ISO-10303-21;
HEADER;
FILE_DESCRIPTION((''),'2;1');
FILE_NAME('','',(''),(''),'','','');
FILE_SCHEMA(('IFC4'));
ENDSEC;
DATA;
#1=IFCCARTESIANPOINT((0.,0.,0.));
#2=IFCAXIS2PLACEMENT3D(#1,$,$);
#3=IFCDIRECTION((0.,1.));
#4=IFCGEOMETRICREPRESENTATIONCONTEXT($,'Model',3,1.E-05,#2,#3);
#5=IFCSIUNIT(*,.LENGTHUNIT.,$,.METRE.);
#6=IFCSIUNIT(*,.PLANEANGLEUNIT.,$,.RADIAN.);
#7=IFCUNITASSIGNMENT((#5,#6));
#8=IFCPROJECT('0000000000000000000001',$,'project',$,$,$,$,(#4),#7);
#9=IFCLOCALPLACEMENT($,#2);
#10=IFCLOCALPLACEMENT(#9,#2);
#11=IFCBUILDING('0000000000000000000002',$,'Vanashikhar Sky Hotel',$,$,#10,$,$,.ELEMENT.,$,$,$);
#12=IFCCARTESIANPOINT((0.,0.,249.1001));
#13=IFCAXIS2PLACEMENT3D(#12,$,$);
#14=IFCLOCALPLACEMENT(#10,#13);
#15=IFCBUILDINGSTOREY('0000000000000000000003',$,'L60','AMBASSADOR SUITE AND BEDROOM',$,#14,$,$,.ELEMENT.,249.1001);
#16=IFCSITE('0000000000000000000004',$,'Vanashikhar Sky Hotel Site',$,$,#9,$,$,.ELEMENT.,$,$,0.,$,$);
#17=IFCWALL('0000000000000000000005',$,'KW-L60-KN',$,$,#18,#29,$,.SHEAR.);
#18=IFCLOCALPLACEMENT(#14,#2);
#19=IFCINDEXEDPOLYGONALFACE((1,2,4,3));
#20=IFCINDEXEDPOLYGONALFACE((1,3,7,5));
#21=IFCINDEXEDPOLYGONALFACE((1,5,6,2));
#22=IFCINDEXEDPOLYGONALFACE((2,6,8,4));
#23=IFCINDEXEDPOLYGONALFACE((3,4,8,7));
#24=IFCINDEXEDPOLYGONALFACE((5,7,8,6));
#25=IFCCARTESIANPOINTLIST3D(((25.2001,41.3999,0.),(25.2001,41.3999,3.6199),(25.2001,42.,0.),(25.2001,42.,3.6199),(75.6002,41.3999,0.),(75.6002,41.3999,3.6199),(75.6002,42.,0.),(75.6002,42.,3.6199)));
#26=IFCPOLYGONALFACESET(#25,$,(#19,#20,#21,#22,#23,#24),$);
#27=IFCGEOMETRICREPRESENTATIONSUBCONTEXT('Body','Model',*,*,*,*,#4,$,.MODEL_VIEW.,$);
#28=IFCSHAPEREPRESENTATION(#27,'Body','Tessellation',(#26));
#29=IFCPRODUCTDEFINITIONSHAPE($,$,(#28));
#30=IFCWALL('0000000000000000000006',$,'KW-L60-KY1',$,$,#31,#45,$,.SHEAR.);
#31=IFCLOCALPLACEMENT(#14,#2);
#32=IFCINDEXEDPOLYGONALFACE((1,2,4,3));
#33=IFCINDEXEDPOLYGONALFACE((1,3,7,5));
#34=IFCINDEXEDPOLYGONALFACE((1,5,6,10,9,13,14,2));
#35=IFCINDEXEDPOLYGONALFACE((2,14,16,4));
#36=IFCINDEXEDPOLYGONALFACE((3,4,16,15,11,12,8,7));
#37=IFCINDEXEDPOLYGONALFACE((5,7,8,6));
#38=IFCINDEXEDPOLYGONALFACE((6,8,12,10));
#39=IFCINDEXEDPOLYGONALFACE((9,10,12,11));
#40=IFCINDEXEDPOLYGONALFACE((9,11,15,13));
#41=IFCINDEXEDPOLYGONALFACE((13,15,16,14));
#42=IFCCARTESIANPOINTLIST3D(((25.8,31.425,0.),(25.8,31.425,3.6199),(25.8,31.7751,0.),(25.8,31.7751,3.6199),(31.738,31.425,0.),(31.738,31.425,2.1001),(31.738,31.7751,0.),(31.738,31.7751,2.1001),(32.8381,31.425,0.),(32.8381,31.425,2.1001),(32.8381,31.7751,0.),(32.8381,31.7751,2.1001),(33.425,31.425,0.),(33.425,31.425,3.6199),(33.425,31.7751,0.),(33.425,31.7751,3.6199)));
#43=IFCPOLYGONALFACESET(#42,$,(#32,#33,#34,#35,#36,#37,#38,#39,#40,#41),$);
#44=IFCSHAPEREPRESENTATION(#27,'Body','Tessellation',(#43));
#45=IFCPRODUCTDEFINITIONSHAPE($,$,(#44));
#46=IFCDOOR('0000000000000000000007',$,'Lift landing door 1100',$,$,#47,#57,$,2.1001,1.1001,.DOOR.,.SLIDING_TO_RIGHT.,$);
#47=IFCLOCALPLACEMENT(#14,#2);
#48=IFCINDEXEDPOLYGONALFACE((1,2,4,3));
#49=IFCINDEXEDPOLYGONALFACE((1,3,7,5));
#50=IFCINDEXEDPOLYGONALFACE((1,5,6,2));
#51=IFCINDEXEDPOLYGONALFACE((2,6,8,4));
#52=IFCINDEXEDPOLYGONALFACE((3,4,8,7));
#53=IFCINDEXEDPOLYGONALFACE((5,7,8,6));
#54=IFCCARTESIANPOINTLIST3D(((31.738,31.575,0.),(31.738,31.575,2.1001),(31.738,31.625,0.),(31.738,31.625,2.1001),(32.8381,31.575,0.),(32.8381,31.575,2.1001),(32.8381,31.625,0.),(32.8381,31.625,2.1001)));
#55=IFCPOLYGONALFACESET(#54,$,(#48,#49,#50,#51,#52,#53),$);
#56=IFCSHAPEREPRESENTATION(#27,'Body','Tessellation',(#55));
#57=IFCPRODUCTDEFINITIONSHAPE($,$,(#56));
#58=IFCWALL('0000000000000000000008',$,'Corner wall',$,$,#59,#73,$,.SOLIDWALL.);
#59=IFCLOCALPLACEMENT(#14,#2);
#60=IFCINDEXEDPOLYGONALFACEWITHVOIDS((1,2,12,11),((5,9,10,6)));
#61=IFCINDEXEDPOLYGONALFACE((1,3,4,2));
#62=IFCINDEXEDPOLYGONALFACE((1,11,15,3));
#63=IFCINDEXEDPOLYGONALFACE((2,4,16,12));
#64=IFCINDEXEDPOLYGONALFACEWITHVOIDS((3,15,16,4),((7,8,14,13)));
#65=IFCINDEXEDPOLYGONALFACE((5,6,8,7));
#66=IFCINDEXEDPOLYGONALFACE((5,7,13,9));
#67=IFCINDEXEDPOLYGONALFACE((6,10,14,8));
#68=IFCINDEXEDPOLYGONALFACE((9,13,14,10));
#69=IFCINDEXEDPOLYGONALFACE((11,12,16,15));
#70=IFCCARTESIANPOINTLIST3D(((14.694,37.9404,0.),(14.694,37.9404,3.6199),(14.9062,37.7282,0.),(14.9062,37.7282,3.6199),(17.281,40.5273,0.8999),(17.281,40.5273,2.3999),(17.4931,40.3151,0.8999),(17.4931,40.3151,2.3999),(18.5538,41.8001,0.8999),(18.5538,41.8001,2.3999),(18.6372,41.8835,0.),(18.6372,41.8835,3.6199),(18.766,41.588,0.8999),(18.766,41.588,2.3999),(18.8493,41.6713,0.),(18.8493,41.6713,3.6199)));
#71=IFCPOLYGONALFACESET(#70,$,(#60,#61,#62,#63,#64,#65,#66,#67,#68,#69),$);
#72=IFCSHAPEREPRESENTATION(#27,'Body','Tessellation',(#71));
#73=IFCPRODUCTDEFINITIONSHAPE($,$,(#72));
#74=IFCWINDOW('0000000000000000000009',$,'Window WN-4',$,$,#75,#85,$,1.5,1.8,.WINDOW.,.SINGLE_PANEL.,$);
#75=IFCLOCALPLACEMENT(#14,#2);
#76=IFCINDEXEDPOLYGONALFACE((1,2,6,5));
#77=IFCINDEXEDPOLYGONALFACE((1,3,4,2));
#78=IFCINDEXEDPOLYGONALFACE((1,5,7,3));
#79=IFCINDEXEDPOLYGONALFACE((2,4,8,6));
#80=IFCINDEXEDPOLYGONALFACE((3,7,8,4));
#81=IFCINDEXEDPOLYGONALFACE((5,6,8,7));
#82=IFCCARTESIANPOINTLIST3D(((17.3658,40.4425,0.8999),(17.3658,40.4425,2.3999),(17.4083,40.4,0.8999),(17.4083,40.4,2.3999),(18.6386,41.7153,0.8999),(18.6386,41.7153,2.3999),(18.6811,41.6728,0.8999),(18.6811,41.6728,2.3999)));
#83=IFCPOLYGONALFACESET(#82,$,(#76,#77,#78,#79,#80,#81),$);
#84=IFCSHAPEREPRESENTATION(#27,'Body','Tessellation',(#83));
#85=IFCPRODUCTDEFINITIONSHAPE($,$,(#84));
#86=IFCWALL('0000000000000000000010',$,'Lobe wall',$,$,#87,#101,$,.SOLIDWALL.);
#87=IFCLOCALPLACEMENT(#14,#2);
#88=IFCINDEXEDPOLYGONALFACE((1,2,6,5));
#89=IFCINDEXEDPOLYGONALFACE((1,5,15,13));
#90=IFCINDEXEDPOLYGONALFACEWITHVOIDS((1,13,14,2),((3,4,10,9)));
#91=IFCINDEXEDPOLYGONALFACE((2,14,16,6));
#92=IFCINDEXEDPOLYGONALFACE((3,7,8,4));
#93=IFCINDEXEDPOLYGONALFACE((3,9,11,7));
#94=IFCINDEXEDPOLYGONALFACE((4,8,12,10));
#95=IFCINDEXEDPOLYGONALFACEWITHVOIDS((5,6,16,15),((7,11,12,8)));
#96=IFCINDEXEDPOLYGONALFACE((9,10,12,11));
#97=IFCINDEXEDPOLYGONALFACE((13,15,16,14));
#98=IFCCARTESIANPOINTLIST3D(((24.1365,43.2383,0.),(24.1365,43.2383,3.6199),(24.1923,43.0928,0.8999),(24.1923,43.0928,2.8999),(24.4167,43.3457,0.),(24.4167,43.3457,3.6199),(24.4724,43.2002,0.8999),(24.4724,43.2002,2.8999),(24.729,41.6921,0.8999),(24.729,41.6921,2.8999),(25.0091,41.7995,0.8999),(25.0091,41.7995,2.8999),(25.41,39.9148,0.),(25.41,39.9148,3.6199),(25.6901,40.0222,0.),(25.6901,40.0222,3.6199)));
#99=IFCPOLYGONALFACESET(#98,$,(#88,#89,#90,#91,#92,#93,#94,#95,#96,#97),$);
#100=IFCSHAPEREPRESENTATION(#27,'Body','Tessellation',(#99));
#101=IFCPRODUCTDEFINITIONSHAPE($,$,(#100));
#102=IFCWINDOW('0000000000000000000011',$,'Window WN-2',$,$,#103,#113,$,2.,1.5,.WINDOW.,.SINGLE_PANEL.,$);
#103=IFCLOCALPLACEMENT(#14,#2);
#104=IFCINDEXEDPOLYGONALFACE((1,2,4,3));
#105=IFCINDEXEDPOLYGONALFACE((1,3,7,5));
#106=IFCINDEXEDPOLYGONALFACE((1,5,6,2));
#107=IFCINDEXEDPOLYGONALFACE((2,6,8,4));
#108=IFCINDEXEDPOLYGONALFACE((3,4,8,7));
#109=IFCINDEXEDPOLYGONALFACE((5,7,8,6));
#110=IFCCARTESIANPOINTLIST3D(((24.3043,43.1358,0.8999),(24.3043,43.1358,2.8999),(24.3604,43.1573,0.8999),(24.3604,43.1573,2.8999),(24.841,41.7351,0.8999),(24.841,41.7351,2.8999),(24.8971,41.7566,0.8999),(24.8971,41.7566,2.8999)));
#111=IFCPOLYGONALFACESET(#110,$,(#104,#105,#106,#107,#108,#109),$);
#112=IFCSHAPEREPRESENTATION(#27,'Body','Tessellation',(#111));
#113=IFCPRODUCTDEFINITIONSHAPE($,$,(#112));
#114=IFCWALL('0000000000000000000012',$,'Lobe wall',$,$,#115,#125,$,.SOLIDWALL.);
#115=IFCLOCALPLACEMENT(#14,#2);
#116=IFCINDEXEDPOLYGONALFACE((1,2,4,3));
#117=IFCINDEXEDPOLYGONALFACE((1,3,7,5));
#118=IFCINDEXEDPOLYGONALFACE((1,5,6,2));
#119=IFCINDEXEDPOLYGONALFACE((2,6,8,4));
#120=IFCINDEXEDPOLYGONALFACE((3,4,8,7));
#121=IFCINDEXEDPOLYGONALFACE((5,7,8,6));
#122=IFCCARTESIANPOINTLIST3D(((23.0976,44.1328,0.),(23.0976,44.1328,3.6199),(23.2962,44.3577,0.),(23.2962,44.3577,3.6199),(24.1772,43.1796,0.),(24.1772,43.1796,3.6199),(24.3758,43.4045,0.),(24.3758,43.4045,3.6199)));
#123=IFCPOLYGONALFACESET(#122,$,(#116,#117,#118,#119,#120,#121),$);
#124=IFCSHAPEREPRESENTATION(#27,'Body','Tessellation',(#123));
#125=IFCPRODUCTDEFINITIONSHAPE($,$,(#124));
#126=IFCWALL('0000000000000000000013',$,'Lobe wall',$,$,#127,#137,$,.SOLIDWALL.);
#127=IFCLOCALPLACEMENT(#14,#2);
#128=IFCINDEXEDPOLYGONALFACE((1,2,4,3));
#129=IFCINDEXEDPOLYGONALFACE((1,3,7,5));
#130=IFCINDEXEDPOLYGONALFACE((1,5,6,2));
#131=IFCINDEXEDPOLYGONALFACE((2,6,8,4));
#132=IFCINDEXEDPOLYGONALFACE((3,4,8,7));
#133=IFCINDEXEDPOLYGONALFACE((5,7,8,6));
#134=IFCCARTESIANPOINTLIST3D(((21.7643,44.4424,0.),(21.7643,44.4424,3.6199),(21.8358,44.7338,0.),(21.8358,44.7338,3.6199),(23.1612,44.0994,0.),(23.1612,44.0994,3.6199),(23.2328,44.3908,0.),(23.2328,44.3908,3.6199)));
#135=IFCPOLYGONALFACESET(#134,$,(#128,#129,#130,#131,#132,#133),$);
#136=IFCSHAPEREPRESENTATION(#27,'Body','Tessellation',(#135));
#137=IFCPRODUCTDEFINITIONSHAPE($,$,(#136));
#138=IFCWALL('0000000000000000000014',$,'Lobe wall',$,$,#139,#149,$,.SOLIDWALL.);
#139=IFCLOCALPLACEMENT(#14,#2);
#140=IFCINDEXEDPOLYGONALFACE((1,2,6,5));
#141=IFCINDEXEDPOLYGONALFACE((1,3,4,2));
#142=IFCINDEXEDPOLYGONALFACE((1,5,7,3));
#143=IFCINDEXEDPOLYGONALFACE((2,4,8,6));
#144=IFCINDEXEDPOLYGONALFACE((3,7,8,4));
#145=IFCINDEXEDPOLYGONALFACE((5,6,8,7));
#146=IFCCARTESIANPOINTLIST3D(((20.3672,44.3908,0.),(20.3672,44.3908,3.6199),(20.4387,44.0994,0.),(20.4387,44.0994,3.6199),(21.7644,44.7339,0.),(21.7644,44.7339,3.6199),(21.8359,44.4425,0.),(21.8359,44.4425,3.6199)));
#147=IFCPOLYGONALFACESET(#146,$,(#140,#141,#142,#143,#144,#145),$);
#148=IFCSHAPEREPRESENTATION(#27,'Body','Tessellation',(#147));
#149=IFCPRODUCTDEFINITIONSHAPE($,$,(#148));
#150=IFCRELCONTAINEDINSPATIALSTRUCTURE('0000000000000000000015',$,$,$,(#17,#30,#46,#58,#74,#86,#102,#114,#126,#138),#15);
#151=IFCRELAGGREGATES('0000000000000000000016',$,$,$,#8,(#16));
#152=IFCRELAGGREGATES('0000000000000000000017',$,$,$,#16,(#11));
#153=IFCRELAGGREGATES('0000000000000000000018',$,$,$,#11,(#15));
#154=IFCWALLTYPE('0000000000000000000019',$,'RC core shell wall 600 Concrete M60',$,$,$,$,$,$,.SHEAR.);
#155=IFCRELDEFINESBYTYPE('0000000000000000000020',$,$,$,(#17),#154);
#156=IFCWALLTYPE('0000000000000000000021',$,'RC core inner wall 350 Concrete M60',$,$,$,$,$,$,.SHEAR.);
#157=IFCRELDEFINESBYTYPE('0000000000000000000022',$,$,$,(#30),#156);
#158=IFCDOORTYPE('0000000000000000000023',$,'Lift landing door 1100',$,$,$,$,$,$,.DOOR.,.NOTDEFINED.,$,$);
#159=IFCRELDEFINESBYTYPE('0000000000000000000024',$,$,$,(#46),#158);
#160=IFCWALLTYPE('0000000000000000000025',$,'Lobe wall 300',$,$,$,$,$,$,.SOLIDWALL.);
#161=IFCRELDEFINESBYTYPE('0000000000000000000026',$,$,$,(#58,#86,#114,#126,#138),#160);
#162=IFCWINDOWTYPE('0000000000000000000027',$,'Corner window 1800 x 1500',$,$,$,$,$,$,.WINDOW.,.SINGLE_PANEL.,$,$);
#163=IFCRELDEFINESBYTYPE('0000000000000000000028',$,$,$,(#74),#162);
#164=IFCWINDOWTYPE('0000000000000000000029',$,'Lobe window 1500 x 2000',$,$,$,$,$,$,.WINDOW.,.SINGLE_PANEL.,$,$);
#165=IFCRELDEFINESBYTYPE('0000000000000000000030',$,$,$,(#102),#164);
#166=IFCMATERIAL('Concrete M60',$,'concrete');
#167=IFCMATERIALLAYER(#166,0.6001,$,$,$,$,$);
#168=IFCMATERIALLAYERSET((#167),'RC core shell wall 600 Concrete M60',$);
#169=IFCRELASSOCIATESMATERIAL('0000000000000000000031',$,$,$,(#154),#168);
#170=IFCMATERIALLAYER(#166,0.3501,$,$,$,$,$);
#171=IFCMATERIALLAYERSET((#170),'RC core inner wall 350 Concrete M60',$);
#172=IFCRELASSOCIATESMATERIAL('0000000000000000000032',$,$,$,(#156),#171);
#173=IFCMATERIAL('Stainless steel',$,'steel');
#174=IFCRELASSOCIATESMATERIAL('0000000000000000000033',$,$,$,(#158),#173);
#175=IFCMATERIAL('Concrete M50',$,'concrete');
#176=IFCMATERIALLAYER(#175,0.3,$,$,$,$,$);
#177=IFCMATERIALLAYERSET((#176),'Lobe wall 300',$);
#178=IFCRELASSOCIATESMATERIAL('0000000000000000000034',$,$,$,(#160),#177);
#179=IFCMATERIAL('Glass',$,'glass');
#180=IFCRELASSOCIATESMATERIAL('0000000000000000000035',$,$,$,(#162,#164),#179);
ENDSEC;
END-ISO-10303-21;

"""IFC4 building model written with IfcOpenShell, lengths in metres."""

from ifc_helpers import new_model, si_unit, direction, frame, frame_2d, origin, place, context, subcontext, project, spatial, rectangle, extrude, source, transform, mapped, material, layer, layer_set, type_object, element, fill, save


model = new_model("IFC4")

# Units and contexts
model_context = context("Model", 3, precision=1e-05, world=origin(), true_north=direction((0.0, 1.0)))
body_context = subcontext(model_context, "Body", "Model", "MODEL_VIEW")
ifc_project = project(units=[si_unit("LENGTHUNIT", "METRE"), si_unit("PLANEANGLEUNIT", "RADIAN")], contexts=[model_context])

# Site, building, storey
site_placement = place(None, origin())
site = spatial("IfcSite", under=ifc_project, at=site_placement, Name="Vanashikhar Sky Hotel Site", CompositionType="ELEMENT", RefElevation=0.0)
building_placement = place(site_placement, origin())
building = spatial("IfcBuilding", under=site, at=building_placement, Name="Vanashikhar Sky Hotel", CompositionType="ELEMENT")
storey_placement = place(building_placement, frame((0.0, 0.0, 249.1001)))
storey = spatial("IfcBuildingStorey", under=building, at=storey_placement, Name="L60", Description="AMBASSADOR SUITE AND BEDROOM", CompositionType="ELEMENT", Elevation=249.1001)

# Wall
ifc_material_1 = material(Name="Concrete M60", Category="concrete")
ifc_layer_1 = layer(ifc_material_1, 0.6001)
ifc_layer_set_1 = layer_set([ifc_layer_1], Name="RC core shell wall 600 Concrete M60")
wall_type_1 = type_object("IfcWallType", Name="RC core shell wall 600 Concrete M60", PredefinedType="SHEAR", material=ifc_layer_set_1)
shared_shape_1 = source(origin(), body_context, "Body", "SweptSolid", [
    extrude(rectangle(XDim=50.4001, YDim=0.6001, at=frame_2d((25.2002, 0.0))), origin(), (0.0, 0.0, 1.0), 3.6199),
])
wall_1_placement = place(storey_placement, frame((25.2, 41.7, 0.0), z_axis=(0.0, 0.0, 1.0), x_axis=(1.0, 0.0, 0.0)))
element("IfcWall", 1, at=wall_1_placement, inside=storey, type_object=wall_type_1, Name="KW-L60-KN", PredefinedType="SHEAR", context=body_context, shape_type="MappedRepresentation", body=[
    mapped(shared_shape_1, transform((0.0, 0.0, 0.0), scale=1.0)),
])

# Wall, opening, door
ifc_layer_2 = layer(ifc_material_1, 0.3501)
ifc_layer_set_2 = layer_set([ifc_layer_2], Name="RC core inner wall 350 Concrete M60")
wall_type_2 = type_object("IfcWallType", Name="RC core inner wall 350 Concrete M60", PredefinedType="SHEAR", material=ifc_layer_set_2)
shared_shape_2 = source(origin(), body_context, "Body", "SweptSolid", [
    extrude(rectangle(XDim=7.625, YDim=0.3501, at=frame_2d((3.8125, 0.0))), origin(), (0.0, 0.0, 1.0), 3.6199),
])
wall_2_placement = place(storey_placement, frame((25.8, 31.6001, 0.0), z_axis=(0.0, 0.0, 1.0), x_axis=(1.0, 0.0, 0.0)))
wall_2 = element("IfcWall", 2, at=wall_2_placement, inside=storey, type_object=wall_type_2, Name="KW-L60-KY1", PredefinedType="SHEAR", context=body_context, shape_type="MappedRepresentation", body=[
    mapped(shared_shape_2, transform((0.0, 0.0, 0.0), scale=1.0)),
])
shared_shape_3 = source(origin(), body_context, "Body", "SweptSolid", [
    extrude(rectangle(XDim=1.1001, YDim=2.1001, at=frame_2d((0.55, 1.05))), frame((0.0, 0.1851, 0.0), z_axis=(0.0, -1.0, 0.0), x_axis=(1.0, 0.0, 0.0)), (0.0, 0.0, 1.0), 0.3701),
])
opening_1_placement = place(wall_2_placement, frame((5.938, 0.0, 0.0)))
opening_1 = element("IfcOpeningElement", 3, at=opening_1_placement, cuts=wall_2, PredefinedType="OPENING", context=body_context, shape_type="MappedRepresentation", body=[
    mapped(shared_shape_3, transform((0.0, 0.0, 0.0), scale=1.0)),
])
ifc_material_2 = material(Name="Stainless steel", Category="steel")
door_type_1 = type_object("IfcDoorType", Name="Lift landing door 1100", OperationType="NOTDEFINED", PredefinedType="DOOR", material=ifc_material_2)
shared_shape_4 = source(origin(), body_context, "Body", "SweptSolid", [
    extrude(rectangle(XDim=1.1001, YDim=2.1001, at=frame_2d((0.55, 1.05))), frame((0.0, 0.0249, 0.0), z_axis=(0.0, -1.0, 0.0), x_axis=(1.0, 0.0, 0.0)), (0.0, 0.0, 1.0), 0.05),
])
door_1_placement = place(opening_1_placement, origin())
door_1 = element("IfcDoor", 4, at=door_1_placement, inside=storey, type_object=door_type_1, Name="Lift landing door 1100", OperationType="SLIDING_TO_RIGHT", OverallHeight=2.1001, OverallWidth=1.1001, PredefinedType="DOOR", context=body_context, shape_type="MappedRepresentation", body=[
    mapped(shared_shape_4, transform((0.0, 0.0, 0.0), scale=1.0)),
])
fill(opening_1, door_1)

# Walls, openings, windows
ifc_material_3 = material(Name="Concrete M50", Category="concrete")
ifc_layer_3 = layer(ifc_material_3, 0.3)
ifc_layer_set_3 = layer_set([ifc_layer_3], Name="Lobe wall 300")
wall_type_3 = type_object("IfcWallType", Name="Lobe wall 300", PredefinedType="SOLIDWALL", material=ifc_layer_set_3)
shared_shape_5 = source(origin(), body_context, "Body", "SweptSolid", [
    extrude(rectangle(XDim=5.5764, YDim=0.3, at=frame_2d((2.7881, 0.0))), origin(), (0.0, 0.0, 1.0), 3.6199),
])
wall_3_placement = place(storey_placement, frame((18.7432, 41.7773, 0.0), z_axis=(0.0, 0.0, 1.0), x_axis=(-0.707107, -0.707107, 0.0)))
wall_3 = element("IfcWall", 5, at=wall_3_placement, inside=storey, type_object=wall_type_3, Name="Corner wall", PredefinedType="SOLIDWALL", context=body_context, shape_type="MappedRepresentation", body=[
    mapped(shared_shape_5, transform((0.0, 0.0, 0.0), scale=1.0)),
])
shared_shape_6 = source(origin(), body_context, "Body", "SweptSolid", [
    extrude(rectangle(XDim=1.8, YDim=1.5, at=frame_2d((0.8999, 0.75))), frame((0.0, 0.1602, 0.0), z_axis=(0.0, -1.0, 0.0), x_axis=(1.0, 0.0, 0.0)), (0.0, 0.0, 1.0), 0.3201),
])
opening_2_placement = place(wall_3_placement, frame((0.1179, 0.0, 0.8999)))
opening_2 = element("IfcOpeningElement", 6, at=opening_2_placement, cuts=wall_3, PredefinedType="OPENING", context=body_context, shape_type="MappedRepresentation", body=[
    mapped(shared_shape_6, transform((0.0, 0.0, 0.0), scale=1.0)),
])
ifc_material_4 = material(Name="Glass", Category="glass")
window_type_1 = type_object("IfcWindowType", Name="Corner window 1800 x 1500", PartitioningType="SINGLE_PANEL", PredefinedType="WINDOW", material=ifc_material_4)
shared_shape_7 = source(origin(), body_context, "Body", "SweptSolid", [
    extrude(rectangle(XDim=1.8, YDim=1.5, at=frame_2d((0.8999, 0.75))), frame((0.0, 0.03, 0.0), z_axis=(0.0, -1.0, 0.0), x_axis=(1.0, 0.0, 0.0)), (0.0, 0.0, 1.0), 0.0601),
])
window_1_placement = place(opening_2_placement, origin())
window_1 = element("IfcWindow", 7, at=window_1_placement, inside=storey, type_object=window_type_1, Name="Window WN-4", OverallHeight=1.5, OverallWidth=1.8, PartitioningType="SINGLE_PANEL", PredefinedType="WINDOW", context=body_context, shape_type="MappedRepresentation", body=[
    mapped(shared_shape_7, transform((0.0, 0.0, 0.0), scale=1.0)),
])
fill(opening_2, window_1)
shared_shape_8 = source(origin(), body_context, "Body", "SweptSolid", [
    extrude(rectangle(XDim=3.5591, YDim=0.3, at=frame_2d((1.7795, 0.0))), origin(), (0.0, 0.0, 1.0), 3.6199),
])
wall_4_placement = place(storey_placement, frame((25.55, 39.9685, 0.0), z_axis=(0.0, 0.0, 1.0), x_axis=(-0.357797, 0.933799, 0.0)))
wall_4 = element("IfcWall", 8, at=wall_4_placement, inside=storey, type_object=wall_type_3, Name="Lobe wall", PredefinedType="SOLIDWALL", context=body_context, shape_type="MappedRepresentation", body=[
    mapped(shared_shape_8, transform((0.0, 0.0, 0.0), scale=1.0)),
])
shared_shape_9 = source(origin(), body_context, "Body", "SweptSolid", [
    extrude(rectangle(XDim=1.5, YDim=2.0, at=frame_2d((0.75, 1.0))), frame((0.0, 0.1602, 0.0), z_axis=(0.0, -1.0, 0.0), x_axis=(1.0, 0.0, 0.0)), (0.0, 0.0, 1.0), 0.3201),
])
opening_3_placement = place(wall_4_placement, frame((1.9033, 0.0, 0.8999)))
opening_3 = element("IfcOpeningElement", 9, at=opening_3_placement, cuts=wall_4, PredefinedType="OPENING", context=body_context, shape_type="MappedRepresentation", body=[
    mapped(shared_shape_9, transform((0.0, 0.0, 0.0), scale=1.0)),
])
window_type_2 = type_object("IfcWindowType", Name="Lobe window 1500 x 2000", PartitioningType="SINGLE_PANEL", PredefinedType="WINDOW", material=ifc_material_4)
shared_shape_10 = source(origin(), body_context, "Body", "SweptSolid", [
    extrude(rectangle(XDim=1.5, YDim=2.0, at=frame_2d((0.75, 1.0))), frame((0.0, 0.03, 0.0), z_axis=(0.0, -1.0, 0.0), x_axis=(1.0, 0.0, 0.0)), (0.0, 0.0, 1.0), 0.0601),
])
window_2_placement = place(opening_3_placement, origin())
window_2 = element("IfcWindow", 10, at=window_2_placement, inside=storey, type_object=window_type_2, Name="Window WN-2", OverallHeight=2.0, OverallWidth=1.5, PartitioningType="SINGLE_PANEL", PredefinedType="WINDOW", context=body_context, shape_type="MappedRepresentation", body=[
    mapped(shared_shape_10, transform((0.0, 0.0, 0.0), scale=1.0)),
])
fill(opening_3, window_2)

# Walls
shared_shape_11 = source(origin(), body_context, "Body", "SweptSolid", [
    extrude(rectangle(XDim=1.4402, YDim=0.3, at=frame_2d((0.7202, 0.0))), origin(), (0.0, 0.0, 1.0), 3.6199),
])
wall_5_placement = place(storey_placement, frame((24.2766, 43.292, 0.0), z_axis=(0.0, 0.0, 1.0), x_axis=(-0.74965, 0.661835, 0.0)))
element("IfcWall", 11, at=wall_5_placement, inside=storey, type_object=wall_type_3, Name="Lobe wall", PredefinedType="SOLIDWALL", context=body_context, shape_type="MappedRepresentation", body=[
    mapped(shared_shape_11, transform((0.0, 0.0, 0.0), scale=1.0)),
])
shared_shape_12 = source(origin(), body_context, "Body", "SweptSolid", [
    extrude(rectangle(XDim=1.4385, YDim=0.3, at=frame_2d((0.7192, 0.0))), origin(), (0.0, 0.0, 1.0), 3.6199),
])
wall_6_placement = place(storey_placement, frame((23.197, 44.2451, 0.0), z_axis=(0.0, 0.0, 1.0), x_axis=(-0.971152, 0.23846, 0.0)))
element("IfcWall", 12, at=wall_6_placement, inside=storey, type_object=wall_type_3, Name="Lobe wall", PredefinedType="SOLIDWALL", context=body_context, shape_type="MappedRepresentation", body=[
    mapped(shared_shape_12, transform((0.0, 0.0, 0.0), scale=1.0)),
])
shared_shape_13 = source(origin(), body_context, "Body", "SweptSolid", [
    extrude(rectangle(XDim=1.4387, YDim=0.3, at=frame_2d((0.7192, 0.0))), origin(), (0.0, 0.0, 1.0), 3.6199),
])
wall_7_placement = place(storey_placement, frame((21.8, 44.5881, 0.0), z_axis=(0.0, 0.0, 1.0), x_axis=(-0.971162, -0.238421, 0.0)))
element("IfcWall", 13, at=wall_7_placement, inside=storey, type_object=wall_type_3, Name="Lobe wall", PredefinedType="SOLIDWALL", context=body_context, shape_type="MappedRepresentation", body=[
    mapped(shared_shape_13, transform((0.0, 0.0, 0.0), scale=1.0)),
])

save(model, "model.ifc")
